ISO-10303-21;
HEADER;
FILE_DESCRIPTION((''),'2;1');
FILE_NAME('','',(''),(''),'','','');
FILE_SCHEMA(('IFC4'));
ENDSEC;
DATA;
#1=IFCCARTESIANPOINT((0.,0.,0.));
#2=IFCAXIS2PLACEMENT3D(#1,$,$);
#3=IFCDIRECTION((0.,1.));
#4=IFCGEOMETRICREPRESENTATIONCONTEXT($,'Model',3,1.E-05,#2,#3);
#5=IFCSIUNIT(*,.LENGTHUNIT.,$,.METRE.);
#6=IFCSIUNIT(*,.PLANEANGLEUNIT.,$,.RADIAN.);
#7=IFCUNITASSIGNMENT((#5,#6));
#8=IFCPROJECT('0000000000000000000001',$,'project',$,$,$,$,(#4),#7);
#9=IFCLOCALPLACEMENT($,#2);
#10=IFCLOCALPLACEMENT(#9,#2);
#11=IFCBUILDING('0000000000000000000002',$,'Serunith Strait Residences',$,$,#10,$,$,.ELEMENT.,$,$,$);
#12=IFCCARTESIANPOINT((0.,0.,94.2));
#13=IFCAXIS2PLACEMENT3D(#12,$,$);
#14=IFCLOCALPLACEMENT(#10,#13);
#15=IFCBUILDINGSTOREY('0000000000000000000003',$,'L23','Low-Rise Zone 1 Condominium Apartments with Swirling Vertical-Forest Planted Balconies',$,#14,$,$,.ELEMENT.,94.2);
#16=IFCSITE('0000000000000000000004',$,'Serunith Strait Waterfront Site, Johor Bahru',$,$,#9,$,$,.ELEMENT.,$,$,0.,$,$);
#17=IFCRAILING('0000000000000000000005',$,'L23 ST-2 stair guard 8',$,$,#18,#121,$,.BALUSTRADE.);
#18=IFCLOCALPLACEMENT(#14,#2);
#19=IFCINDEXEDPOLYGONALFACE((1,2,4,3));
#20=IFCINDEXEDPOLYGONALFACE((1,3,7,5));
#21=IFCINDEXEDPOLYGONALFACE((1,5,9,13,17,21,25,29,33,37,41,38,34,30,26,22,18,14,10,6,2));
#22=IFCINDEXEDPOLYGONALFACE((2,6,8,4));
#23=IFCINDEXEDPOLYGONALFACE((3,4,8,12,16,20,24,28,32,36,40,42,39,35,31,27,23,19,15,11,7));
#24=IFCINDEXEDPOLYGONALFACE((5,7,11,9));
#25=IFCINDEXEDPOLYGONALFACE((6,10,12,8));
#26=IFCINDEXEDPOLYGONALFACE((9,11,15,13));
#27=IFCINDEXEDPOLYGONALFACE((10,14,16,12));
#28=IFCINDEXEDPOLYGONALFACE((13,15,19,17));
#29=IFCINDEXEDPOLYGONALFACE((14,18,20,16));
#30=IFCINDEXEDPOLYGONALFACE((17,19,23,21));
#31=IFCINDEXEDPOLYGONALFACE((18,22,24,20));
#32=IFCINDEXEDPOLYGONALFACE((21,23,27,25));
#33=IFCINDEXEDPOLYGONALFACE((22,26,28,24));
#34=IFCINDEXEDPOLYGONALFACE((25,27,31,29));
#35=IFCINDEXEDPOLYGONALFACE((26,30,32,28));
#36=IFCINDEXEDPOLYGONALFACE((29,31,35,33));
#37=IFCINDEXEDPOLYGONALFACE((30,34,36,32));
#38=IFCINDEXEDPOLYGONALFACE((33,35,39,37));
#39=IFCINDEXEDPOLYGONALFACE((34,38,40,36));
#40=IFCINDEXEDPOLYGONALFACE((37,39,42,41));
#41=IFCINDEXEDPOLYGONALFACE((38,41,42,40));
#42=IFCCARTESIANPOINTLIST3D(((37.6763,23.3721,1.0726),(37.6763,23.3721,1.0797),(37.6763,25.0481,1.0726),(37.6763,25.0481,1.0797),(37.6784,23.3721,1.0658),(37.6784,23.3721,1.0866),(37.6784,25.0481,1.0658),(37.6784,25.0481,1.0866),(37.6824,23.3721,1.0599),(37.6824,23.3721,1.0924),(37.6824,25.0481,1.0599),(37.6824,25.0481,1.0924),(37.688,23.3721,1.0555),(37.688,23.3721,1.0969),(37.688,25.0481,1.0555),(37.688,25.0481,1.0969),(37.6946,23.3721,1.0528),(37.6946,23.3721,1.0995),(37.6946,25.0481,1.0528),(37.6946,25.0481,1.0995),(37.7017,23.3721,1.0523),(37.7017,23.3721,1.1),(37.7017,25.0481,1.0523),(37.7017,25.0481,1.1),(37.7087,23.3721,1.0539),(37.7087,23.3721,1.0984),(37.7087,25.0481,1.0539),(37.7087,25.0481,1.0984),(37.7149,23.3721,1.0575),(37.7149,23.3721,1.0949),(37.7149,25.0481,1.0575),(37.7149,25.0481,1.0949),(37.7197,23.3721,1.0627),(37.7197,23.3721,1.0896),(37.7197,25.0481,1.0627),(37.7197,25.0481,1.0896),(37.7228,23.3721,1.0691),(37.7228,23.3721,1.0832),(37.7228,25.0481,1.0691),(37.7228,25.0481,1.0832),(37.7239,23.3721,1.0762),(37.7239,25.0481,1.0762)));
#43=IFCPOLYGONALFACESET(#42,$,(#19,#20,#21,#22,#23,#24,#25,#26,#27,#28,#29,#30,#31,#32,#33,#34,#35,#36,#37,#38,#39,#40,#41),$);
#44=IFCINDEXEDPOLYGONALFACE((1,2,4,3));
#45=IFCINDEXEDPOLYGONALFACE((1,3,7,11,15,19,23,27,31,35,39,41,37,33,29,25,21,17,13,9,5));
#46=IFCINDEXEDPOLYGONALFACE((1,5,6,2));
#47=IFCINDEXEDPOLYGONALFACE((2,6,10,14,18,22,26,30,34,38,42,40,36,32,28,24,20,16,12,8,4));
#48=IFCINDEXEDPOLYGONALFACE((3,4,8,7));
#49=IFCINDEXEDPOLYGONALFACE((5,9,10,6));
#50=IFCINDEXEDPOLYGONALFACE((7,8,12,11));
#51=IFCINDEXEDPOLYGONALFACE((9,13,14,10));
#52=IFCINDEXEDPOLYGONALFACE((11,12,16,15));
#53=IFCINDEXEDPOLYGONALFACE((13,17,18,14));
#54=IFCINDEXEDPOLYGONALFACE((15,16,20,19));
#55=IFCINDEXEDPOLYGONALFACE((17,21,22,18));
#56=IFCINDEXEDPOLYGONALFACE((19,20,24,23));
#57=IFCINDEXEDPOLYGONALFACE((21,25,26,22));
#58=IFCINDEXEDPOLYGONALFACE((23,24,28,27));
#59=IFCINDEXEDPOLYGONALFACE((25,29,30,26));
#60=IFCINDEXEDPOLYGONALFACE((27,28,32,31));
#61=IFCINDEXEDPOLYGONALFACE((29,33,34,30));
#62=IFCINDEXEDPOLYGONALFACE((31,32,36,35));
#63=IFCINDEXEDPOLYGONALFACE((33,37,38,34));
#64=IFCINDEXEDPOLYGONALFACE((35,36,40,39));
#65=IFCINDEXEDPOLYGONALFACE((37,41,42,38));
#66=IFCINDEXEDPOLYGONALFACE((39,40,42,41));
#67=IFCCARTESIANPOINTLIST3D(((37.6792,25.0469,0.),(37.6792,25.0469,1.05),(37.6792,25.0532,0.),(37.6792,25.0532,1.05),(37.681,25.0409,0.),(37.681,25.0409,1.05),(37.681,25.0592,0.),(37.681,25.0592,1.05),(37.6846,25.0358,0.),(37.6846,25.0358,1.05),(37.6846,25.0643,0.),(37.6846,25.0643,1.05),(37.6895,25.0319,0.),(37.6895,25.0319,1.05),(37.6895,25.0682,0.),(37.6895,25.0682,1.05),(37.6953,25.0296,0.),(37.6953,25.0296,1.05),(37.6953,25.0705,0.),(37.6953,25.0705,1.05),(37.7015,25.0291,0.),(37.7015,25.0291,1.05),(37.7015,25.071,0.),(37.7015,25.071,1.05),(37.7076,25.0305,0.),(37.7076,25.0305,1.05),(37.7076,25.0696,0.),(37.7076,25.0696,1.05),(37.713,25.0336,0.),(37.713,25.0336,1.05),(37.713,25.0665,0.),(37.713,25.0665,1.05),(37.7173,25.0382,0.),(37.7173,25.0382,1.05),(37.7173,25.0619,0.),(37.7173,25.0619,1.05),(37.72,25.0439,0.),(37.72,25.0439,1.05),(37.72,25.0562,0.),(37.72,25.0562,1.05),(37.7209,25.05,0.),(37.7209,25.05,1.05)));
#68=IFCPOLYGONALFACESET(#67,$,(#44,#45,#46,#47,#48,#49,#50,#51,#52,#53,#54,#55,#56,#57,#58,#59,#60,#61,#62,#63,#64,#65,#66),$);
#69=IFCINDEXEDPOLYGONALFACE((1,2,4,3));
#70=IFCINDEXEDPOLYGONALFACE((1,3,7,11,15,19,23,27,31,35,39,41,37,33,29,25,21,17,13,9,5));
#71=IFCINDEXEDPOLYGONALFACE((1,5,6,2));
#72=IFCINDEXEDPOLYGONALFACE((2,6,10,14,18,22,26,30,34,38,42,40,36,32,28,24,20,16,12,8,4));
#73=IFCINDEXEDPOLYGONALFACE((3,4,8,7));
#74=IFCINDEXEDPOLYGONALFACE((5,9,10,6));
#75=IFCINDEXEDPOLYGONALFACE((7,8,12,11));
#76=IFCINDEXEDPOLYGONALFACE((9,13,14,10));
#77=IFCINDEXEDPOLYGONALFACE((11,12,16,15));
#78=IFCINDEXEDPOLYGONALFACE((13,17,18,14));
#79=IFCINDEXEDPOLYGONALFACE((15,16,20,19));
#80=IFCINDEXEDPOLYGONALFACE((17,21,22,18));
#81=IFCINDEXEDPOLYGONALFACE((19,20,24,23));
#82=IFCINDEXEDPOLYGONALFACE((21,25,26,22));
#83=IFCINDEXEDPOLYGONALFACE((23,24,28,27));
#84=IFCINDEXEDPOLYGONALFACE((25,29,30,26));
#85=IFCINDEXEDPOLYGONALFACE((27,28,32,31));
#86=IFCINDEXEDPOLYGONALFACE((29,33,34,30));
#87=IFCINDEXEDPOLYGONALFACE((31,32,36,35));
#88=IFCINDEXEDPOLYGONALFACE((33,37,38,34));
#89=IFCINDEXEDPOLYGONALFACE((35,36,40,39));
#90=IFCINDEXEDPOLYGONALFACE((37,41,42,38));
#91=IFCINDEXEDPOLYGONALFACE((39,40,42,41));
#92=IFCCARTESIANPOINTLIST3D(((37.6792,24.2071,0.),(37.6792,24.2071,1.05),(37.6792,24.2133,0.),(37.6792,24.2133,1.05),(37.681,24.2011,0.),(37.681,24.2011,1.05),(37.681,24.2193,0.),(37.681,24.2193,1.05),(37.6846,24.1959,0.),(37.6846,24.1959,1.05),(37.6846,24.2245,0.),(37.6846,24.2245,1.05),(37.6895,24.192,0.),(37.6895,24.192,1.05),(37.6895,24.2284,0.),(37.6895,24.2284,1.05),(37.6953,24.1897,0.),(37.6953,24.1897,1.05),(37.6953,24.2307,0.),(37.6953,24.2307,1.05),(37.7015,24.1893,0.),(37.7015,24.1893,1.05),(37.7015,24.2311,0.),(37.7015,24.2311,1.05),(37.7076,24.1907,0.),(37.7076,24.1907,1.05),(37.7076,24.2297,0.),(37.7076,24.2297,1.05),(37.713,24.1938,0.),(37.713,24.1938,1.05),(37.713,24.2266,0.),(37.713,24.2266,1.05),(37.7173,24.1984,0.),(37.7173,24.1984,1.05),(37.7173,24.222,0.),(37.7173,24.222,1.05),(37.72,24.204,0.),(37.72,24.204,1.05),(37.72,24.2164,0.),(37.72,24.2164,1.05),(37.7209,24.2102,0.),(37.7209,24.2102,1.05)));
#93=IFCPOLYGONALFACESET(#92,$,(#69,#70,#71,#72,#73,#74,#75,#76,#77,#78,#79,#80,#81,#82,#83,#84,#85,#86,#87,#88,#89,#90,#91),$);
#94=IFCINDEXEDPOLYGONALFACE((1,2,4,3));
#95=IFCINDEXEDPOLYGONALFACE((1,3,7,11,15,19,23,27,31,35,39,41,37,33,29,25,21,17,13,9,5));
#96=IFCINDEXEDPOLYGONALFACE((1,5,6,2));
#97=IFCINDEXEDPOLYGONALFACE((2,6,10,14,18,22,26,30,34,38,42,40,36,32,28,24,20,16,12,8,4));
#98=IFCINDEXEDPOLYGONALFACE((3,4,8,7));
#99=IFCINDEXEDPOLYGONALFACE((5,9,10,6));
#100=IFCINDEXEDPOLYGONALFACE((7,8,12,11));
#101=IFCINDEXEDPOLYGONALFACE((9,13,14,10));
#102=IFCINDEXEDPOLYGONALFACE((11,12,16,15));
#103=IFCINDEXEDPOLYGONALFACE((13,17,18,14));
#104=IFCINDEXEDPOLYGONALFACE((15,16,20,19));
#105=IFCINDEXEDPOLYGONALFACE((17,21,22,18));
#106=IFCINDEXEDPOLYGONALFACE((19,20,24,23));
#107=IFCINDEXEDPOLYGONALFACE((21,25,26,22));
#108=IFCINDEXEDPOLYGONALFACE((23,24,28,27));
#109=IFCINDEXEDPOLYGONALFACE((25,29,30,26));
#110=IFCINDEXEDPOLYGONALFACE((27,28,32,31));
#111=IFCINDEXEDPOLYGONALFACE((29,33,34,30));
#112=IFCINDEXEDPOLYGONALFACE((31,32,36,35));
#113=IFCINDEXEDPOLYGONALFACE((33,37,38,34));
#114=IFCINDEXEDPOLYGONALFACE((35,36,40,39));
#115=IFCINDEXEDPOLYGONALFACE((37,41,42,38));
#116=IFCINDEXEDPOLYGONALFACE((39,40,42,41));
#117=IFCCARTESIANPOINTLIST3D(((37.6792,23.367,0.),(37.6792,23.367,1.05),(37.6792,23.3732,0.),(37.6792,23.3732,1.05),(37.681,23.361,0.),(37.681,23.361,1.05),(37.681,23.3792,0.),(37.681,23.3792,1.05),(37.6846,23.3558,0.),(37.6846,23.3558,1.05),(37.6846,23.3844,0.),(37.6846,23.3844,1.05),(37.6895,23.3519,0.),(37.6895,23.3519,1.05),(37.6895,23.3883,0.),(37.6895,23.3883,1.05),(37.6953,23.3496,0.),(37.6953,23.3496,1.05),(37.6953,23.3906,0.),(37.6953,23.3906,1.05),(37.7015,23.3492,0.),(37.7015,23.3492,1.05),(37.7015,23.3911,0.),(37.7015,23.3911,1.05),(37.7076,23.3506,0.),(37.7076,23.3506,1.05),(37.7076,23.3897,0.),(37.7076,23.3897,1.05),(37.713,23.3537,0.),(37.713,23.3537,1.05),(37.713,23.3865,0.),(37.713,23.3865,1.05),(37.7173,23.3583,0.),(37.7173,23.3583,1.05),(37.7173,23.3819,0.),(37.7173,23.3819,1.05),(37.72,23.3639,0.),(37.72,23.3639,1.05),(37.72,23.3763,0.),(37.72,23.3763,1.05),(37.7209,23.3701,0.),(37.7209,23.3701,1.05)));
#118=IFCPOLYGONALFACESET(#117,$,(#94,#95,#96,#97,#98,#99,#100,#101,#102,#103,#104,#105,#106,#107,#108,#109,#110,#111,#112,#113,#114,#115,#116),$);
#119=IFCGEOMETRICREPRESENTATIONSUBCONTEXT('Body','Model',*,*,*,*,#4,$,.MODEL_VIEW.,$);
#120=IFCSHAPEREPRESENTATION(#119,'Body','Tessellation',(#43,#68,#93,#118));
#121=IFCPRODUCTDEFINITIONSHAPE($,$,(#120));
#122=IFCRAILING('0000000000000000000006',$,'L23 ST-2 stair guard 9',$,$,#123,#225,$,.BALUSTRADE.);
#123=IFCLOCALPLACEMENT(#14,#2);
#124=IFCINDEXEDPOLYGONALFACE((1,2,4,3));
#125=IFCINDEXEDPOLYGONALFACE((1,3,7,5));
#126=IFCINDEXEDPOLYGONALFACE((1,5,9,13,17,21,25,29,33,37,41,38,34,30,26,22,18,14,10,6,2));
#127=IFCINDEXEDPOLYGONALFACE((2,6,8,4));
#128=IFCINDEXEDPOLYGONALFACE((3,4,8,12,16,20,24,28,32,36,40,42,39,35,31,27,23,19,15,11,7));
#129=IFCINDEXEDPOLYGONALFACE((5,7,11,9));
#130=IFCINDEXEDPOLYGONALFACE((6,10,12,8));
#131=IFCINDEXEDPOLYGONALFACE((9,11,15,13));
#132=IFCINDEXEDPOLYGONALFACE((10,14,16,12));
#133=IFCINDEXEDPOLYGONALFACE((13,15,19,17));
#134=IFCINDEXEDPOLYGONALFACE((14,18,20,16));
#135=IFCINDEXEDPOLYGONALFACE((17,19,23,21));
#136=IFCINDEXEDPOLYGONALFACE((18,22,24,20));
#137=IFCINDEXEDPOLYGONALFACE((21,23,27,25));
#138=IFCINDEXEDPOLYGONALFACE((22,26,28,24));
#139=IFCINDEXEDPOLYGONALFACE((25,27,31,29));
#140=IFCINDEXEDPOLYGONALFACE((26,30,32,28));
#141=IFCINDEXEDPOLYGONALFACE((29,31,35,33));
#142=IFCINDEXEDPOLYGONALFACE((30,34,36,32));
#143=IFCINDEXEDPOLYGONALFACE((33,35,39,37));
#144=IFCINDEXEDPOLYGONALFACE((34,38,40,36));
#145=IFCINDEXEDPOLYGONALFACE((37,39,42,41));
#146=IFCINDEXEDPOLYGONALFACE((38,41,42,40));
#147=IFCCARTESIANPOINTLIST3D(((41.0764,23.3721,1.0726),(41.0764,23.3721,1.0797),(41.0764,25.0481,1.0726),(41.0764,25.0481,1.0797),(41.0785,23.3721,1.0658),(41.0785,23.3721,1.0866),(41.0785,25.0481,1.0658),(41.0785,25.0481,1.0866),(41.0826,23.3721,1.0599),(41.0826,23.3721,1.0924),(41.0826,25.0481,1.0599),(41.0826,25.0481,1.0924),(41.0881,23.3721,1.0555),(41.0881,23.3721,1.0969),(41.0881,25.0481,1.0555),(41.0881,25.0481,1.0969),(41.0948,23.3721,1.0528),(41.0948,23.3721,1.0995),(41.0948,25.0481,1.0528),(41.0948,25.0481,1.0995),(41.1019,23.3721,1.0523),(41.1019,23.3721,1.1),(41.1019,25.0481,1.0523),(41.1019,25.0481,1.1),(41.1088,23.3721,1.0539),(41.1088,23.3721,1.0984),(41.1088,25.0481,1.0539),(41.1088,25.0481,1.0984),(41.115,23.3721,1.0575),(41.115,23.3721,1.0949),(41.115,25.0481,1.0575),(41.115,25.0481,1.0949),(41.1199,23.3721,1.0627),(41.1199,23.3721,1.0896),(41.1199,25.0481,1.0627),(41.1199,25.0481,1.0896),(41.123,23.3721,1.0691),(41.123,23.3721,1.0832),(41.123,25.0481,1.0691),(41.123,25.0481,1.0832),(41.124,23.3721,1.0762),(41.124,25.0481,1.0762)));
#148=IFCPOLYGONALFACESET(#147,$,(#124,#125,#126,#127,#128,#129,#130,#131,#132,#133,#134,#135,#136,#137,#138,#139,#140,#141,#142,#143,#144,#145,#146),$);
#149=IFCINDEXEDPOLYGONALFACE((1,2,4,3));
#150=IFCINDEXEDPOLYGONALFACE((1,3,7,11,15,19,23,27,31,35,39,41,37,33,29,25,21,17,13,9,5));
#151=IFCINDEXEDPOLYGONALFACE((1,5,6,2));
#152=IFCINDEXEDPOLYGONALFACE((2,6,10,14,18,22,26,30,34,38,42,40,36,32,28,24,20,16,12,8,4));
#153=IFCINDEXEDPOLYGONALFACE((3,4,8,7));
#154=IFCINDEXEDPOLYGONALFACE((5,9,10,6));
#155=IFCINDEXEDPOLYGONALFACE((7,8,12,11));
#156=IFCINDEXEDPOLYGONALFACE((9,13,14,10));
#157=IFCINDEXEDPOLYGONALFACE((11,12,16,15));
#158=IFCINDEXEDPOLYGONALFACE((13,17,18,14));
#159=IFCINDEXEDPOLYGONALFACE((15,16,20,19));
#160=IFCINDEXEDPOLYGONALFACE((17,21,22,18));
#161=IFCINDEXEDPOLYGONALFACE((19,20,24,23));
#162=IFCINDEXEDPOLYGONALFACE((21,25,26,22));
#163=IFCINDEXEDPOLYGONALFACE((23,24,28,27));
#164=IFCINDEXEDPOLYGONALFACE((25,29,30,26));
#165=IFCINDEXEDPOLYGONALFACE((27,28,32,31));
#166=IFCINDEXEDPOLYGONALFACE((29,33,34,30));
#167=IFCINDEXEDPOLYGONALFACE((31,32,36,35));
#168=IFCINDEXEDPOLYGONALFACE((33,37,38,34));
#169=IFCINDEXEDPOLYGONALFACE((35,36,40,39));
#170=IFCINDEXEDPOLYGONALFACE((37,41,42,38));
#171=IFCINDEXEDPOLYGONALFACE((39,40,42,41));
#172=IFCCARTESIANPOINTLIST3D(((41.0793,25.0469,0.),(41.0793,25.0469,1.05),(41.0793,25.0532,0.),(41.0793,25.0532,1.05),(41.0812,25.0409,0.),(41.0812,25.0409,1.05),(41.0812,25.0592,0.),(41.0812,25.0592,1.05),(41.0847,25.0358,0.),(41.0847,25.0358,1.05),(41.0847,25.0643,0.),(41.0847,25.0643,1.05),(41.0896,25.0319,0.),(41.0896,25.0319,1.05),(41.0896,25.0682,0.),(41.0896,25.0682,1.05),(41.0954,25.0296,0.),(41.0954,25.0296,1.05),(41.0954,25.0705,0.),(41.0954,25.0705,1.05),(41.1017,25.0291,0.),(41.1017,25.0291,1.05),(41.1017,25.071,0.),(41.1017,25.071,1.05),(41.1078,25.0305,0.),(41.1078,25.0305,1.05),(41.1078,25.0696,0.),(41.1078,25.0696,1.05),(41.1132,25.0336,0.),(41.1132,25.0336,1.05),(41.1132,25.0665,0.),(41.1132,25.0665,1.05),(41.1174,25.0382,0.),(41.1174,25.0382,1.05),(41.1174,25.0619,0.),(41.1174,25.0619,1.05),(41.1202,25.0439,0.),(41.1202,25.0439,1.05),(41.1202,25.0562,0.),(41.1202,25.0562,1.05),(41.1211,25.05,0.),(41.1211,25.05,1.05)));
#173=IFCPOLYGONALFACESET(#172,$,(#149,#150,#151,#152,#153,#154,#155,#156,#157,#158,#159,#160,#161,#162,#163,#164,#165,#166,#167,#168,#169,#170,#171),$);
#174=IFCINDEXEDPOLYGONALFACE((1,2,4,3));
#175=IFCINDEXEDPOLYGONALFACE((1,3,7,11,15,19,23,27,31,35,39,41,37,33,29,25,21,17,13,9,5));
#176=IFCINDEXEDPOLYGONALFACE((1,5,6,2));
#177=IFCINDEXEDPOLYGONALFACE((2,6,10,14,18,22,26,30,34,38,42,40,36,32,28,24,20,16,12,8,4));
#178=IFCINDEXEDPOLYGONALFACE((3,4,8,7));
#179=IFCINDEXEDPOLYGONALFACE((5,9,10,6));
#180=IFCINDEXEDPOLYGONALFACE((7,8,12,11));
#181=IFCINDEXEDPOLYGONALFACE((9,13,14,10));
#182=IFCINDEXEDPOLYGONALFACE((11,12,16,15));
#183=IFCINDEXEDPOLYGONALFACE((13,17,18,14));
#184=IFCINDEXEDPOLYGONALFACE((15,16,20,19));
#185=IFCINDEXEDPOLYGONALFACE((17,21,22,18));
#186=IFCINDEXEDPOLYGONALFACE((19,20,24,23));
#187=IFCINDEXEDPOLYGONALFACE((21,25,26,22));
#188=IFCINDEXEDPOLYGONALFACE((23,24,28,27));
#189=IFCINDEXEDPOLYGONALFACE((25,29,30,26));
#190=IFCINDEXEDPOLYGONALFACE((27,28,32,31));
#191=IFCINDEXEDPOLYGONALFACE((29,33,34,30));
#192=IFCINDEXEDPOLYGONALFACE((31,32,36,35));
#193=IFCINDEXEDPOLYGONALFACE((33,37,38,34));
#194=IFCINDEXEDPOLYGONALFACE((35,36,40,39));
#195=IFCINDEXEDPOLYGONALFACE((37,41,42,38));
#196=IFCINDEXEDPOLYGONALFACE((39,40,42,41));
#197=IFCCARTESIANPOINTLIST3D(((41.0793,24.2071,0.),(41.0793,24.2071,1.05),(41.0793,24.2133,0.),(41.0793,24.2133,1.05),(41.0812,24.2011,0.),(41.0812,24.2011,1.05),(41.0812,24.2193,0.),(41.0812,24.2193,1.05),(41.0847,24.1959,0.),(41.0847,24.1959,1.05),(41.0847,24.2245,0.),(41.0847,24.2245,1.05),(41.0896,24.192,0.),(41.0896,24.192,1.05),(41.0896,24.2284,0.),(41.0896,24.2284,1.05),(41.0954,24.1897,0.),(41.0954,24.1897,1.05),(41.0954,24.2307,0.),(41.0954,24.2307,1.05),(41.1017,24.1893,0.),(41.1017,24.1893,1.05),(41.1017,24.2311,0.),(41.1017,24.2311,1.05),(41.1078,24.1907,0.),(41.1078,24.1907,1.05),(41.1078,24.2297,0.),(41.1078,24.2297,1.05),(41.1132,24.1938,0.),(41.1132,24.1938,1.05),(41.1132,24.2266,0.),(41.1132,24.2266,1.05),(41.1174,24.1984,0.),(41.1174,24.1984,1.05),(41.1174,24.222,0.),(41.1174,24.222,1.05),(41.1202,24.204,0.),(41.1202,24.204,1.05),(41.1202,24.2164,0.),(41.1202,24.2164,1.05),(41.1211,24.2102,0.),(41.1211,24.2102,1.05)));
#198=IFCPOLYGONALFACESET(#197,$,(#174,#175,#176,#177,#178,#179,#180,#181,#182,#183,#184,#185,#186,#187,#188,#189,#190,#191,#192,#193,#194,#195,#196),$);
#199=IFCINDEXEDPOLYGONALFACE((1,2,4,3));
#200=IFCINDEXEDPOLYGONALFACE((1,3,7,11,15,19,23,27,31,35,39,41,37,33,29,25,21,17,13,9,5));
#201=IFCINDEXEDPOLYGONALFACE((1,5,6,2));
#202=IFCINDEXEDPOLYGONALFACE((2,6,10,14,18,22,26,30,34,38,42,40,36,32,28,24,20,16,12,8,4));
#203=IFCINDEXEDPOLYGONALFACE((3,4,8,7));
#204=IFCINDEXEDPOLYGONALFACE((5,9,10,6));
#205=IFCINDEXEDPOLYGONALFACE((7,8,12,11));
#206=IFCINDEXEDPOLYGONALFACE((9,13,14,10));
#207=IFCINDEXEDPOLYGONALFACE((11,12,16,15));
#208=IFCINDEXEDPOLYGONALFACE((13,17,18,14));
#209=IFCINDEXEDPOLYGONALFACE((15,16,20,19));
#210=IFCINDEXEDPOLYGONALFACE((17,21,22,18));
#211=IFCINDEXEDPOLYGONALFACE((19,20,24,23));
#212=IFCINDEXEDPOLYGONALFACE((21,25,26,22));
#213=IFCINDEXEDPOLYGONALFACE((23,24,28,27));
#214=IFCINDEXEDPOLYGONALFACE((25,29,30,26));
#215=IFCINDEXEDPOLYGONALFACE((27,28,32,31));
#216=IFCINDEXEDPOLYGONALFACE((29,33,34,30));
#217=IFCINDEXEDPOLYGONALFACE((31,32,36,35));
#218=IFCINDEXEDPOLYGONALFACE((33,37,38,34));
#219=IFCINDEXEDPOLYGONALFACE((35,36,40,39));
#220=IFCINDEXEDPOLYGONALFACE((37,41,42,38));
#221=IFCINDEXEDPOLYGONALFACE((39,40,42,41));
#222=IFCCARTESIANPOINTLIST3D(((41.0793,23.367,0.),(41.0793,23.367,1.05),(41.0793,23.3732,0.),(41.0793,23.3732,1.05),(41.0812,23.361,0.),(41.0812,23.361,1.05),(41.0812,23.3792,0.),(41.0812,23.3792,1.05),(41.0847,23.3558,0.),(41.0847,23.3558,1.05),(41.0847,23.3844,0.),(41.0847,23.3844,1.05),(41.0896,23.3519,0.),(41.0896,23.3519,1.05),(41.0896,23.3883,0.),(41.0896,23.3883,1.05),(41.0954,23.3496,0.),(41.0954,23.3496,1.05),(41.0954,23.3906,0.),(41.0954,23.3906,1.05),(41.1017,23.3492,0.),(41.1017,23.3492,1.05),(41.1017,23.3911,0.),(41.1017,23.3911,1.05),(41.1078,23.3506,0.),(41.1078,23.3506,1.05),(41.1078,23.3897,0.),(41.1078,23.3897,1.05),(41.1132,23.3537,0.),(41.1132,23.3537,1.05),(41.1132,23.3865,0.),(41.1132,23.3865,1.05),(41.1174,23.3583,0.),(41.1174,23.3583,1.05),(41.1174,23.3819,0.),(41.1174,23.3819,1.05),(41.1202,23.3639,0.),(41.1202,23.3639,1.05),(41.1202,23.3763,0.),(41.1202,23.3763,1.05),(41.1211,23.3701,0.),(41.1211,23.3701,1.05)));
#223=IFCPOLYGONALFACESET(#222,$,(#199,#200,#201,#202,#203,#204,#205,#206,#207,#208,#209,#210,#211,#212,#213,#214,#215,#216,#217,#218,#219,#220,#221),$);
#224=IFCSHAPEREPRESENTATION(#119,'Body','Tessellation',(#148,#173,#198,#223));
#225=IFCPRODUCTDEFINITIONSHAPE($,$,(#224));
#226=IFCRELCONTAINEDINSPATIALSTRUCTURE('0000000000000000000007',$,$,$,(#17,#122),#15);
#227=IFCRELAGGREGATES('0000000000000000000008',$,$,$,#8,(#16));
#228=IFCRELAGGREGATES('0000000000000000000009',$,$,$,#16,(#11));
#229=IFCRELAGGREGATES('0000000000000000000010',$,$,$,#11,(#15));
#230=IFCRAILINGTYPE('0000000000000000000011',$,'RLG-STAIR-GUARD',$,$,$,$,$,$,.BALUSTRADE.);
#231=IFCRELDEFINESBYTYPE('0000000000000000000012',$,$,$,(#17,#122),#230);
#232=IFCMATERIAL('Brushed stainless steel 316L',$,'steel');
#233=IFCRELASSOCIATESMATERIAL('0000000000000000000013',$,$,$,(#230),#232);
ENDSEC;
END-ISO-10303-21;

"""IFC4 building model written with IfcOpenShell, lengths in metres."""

from ifc_helpers import new_model, si_unit, direction, frame, origin, origin_2d, place, context, subcontext, project, spatial, circle, extrude, material, type_object, element, save


model = new_model("IFC4")

# Units and contexts
model_context = context("Model", 3, precision=1e-05, world=origin(), true_north=direction((0.0, 1.0)))
body_context = subcontext(model_context, "Body", "Model", "MODEL_VIEW")
ifc_project = project(units=[si_unit("LENGTHUNIT", "METRE"), si_unit("PLANEANGLEUNIT", "RADIAN")], contexts=[model_context])

# Site, building, storey
site_placement = place(None, origin())
site = spatial("IfcSite", under=ifc_project, at=site_placement, Name="Serunith Strait Waterfront Site, Johor Bahru", CompositionType="ELEMENT", RefElevation=0.0)
building_placement = place(site_placement, origin())
building = spatial("IfcBuilding", under=site, at=building_placement, Name="Serunith Strait Residences", CompositionType="ELEMENT")
storey_placement = place(building_placement, frame((0.0, 0.0, 94.2)))
storey = spatial("IfcBuildingStorey", under=building, at=storey_placement, Name="L23", Description="Low-Rise Zone 1 Condominium Apartments with Swirling Vertical-Forest Planted Balconies", CompositionType="ELEMENT", Elevation=94.2)

# Railings
ifc_material_1 = material(Name="Brushed stainless steel 316L", Category="steel")
railing_type = type_object("IfcRailingType", Name="RLG-STAIR-GUARD", PredefinedType="BALUSTRADE", material=ifc_material_1)
for number, where, name in (
    (1, (37.7, 25.05, 0.0), "L23 ST-2 stair guard 8"),
    (2, (41.1001, 25.05, 0.0), "L23 ST-2 stair guard 9"),
):
    element("IfcRailing", number, at=place(storey_placement, frame(where)), inside=storey, type_object=railing_type, Name=name, PredefinedType="BALUSTRADE", context=body_context, shape_type="SweptSolid", body=[
        extrude(circle(Radius=0.0239, at=origin_2d()), frame((0.0, -0.002, 1.0762), z_axis=(0.0, -1.0, 0.0), x_axis=(1.0, 0.0, 0.0)), (0.0, 0.0, 1.0), 1.676),
        extrude(circle(Radius=0.021, at=origin_2d()), origin(), (0.0, 0.0, 1.0), 1.05),
        extrude(circle(Radius=0.021, at=origin_2d()), frame((0.0, -0.8398, 0.0)), (0.0, 0.0, 1.0), 1.05),
        extrude(circle(Radius=0.021, at=origin_2d()), frame((0.0, -1.6799, 0.0)), (0.0, 0.0, 1.0), 1.05),
    ])

save(model, "model.ifc")
